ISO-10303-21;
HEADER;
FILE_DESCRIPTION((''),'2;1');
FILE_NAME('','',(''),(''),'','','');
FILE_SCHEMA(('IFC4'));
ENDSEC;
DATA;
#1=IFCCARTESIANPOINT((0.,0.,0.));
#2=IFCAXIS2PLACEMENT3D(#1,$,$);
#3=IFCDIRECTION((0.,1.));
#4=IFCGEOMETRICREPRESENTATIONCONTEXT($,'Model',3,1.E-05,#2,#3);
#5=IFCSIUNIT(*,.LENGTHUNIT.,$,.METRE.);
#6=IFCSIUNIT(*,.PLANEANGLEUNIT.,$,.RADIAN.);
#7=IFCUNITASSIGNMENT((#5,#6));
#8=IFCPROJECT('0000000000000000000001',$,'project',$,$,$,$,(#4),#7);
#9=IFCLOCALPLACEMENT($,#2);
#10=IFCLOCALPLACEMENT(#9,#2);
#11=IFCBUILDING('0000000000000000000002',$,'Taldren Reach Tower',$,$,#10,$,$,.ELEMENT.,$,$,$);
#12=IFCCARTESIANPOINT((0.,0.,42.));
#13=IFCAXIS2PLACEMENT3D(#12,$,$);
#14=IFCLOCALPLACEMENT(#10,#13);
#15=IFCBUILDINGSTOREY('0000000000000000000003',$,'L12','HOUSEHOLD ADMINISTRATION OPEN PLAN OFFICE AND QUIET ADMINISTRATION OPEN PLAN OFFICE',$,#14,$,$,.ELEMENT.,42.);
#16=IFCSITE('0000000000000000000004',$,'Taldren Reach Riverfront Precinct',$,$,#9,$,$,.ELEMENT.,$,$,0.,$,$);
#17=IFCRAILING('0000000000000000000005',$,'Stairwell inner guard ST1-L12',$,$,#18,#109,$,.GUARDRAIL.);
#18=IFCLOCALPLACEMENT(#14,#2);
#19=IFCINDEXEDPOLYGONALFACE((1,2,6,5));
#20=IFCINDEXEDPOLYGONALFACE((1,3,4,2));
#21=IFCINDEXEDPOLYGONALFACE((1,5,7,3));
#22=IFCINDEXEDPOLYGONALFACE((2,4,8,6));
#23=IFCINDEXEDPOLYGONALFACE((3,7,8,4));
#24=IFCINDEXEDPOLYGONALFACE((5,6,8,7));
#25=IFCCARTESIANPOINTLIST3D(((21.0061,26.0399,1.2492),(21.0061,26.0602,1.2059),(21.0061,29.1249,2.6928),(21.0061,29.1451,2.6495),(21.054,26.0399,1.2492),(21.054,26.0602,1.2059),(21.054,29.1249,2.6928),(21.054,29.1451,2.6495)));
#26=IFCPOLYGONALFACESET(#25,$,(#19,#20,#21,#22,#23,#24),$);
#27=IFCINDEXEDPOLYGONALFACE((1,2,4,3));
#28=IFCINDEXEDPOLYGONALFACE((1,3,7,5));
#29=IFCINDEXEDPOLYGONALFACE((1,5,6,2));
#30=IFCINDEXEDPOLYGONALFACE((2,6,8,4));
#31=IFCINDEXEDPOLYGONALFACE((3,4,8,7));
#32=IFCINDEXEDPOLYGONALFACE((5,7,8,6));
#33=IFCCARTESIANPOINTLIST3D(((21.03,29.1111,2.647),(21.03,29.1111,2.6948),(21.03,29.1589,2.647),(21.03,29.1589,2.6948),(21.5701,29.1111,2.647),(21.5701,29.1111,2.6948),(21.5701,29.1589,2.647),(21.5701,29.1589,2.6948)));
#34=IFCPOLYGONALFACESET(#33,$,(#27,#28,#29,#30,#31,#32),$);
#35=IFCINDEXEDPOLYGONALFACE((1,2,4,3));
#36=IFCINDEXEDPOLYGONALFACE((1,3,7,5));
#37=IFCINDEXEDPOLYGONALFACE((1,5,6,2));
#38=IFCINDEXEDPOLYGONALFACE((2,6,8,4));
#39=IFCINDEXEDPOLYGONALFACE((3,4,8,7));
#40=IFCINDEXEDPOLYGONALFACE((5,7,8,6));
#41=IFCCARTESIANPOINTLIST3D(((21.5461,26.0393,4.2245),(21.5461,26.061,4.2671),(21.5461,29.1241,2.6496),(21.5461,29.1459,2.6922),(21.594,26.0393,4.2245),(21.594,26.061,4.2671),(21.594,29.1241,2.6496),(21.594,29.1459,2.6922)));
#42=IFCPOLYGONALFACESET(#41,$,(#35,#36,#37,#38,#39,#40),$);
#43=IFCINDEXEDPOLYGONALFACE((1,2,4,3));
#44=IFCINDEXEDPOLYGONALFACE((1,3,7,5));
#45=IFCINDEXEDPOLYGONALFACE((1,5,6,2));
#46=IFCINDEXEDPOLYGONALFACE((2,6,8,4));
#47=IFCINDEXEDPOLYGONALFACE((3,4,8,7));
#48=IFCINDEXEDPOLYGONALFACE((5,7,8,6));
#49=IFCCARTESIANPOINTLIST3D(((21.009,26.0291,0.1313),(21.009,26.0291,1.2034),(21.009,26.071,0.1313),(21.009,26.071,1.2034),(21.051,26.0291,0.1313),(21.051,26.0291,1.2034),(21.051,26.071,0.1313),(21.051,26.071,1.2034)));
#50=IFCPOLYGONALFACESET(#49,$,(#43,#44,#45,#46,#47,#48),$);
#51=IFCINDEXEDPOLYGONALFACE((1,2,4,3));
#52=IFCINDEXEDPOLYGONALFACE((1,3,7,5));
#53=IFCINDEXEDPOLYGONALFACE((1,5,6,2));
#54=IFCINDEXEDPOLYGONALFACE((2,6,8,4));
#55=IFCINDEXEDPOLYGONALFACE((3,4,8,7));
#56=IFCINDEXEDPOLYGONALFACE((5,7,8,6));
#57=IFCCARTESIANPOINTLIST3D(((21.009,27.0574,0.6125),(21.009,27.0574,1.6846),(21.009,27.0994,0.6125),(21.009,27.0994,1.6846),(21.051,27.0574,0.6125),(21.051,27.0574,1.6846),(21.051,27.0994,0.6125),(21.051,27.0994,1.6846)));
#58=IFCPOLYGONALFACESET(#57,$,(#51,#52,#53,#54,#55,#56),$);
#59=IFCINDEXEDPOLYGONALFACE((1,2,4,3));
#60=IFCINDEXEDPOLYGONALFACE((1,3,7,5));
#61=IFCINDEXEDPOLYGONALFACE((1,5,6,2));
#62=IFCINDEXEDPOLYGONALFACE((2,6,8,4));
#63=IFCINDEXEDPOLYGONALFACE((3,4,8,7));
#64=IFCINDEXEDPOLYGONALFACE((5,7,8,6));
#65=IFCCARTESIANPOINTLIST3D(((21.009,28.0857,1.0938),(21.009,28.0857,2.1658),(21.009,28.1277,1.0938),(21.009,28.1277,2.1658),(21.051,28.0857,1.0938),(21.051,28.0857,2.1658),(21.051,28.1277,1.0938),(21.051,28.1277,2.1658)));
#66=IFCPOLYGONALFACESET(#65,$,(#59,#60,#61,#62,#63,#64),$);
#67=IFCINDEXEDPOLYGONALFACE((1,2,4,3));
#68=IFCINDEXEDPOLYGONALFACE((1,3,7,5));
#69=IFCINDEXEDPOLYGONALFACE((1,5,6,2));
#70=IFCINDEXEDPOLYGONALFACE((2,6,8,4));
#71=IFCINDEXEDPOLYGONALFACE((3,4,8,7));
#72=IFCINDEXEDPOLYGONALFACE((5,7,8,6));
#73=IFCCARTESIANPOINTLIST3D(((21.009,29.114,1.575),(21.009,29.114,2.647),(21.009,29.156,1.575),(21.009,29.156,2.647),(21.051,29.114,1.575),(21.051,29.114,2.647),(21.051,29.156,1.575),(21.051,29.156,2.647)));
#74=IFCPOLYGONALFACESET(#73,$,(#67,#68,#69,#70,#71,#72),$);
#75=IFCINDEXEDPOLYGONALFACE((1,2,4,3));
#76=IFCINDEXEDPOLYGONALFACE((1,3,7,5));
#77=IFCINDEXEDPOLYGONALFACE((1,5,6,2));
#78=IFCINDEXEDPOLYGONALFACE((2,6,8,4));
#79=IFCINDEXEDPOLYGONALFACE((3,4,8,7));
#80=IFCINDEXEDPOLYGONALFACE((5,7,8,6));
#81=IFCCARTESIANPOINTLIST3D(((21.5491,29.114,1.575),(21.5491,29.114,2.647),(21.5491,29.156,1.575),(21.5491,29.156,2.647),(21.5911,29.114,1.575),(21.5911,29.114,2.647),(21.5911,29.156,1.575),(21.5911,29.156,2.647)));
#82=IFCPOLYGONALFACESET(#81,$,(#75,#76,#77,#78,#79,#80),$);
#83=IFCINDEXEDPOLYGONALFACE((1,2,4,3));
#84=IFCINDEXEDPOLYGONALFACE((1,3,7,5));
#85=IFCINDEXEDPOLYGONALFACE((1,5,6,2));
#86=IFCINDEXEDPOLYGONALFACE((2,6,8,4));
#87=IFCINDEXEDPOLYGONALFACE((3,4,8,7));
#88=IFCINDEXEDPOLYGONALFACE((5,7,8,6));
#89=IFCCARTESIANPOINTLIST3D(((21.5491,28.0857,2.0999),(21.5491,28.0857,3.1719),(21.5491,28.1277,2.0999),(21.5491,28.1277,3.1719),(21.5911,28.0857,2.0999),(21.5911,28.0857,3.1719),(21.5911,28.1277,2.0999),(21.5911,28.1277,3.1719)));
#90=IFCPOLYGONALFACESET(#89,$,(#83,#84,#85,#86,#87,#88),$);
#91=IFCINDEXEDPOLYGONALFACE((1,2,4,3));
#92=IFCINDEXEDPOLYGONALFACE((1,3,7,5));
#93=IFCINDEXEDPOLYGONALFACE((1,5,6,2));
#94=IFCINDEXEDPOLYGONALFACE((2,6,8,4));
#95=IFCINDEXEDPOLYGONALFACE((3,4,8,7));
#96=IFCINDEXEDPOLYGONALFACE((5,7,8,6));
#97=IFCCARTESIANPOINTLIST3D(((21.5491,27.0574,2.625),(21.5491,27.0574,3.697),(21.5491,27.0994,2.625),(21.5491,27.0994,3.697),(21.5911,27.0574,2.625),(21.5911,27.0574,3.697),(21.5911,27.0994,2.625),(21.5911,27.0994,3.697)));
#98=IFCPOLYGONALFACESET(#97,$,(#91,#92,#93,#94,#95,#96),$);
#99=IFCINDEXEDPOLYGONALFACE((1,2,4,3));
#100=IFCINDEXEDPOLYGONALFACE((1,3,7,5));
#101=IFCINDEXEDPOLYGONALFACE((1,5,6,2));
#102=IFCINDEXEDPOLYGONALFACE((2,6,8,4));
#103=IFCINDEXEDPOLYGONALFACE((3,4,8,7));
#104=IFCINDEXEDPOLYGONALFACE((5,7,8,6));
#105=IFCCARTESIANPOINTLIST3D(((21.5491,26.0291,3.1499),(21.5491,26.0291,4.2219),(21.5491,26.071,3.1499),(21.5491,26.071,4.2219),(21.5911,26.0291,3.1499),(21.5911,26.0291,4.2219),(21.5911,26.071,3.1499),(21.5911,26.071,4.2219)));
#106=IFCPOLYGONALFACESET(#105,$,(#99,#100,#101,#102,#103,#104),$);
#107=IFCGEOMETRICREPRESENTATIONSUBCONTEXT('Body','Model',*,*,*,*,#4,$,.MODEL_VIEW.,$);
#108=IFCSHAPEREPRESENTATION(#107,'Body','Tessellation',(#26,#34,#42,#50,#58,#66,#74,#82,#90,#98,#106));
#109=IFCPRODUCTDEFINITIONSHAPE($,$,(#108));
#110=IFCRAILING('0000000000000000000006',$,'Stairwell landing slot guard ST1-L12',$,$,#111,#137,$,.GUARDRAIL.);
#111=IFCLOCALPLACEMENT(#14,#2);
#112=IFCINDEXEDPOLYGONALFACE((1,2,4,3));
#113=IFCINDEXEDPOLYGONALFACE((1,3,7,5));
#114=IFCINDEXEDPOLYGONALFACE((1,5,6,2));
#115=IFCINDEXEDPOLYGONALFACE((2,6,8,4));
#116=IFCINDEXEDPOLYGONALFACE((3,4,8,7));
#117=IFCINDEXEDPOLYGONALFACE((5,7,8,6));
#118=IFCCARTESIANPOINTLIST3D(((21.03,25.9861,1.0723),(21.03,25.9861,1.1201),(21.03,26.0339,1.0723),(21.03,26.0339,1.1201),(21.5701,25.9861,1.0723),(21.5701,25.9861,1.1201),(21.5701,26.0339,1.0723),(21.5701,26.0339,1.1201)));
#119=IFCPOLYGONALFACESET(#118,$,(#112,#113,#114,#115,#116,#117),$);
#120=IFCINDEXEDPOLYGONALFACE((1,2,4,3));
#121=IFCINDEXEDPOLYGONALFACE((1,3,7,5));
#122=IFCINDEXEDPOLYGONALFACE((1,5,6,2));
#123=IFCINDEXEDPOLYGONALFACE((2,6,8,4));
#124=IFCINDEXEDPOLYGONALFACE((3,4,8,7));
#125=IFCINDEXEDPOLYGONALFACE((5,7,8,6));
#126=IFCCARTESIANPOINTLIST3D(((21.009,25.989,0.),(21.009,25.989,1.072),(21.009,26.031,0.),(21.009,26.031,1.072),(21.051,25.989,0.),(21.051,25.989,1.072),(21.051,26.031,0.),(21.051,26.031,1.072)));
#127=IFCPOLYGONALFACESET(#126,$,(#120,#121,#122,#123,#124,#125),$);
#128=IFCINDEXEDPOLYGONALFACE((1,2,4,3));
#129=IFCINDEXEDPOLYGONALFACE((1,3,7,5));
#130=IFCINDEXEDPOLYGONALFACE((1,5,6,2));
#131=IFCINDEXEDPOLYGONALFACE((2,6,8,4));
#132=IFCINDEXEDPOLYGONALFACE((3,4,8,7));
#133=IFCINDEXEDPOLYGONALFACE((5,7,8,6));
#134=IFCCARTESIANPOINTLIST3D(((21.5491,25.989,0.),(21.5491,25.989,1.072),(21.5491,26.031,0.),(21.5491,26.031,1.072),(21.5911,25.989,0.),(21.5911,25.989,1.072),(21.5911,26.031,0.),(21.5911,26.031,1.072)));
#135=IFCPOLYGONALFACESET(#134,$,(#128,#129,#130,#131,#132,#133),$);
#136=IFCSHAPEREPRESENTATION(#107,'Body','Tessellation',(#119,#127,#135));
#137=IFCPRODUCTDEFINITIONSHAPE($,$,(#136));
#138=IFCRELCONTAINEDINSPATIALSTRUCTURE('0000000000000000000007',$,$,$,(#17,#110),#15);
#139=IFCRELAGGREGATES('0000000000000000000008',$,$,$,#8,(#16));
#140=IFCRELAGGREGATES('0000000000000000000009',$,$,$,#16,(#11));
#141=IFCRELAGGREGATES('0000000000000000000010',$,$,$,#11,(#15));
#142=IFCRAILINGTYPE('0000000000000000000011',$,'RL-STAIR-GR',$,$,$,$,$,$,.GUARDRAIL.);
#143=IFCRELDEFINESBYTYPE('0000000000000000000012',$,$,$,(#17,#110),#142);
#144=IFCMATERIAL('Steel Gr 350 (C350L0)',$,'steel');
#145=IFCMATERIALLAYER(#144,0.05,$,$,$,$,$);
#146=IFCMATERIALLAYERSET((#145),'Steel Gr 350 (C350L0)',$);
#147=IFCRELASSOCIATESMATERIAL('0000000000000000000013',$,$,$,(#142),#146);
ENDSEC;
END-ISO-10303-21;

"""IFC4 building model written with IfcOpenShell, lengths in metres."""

from ifc_helpers import new_model, si_unit, direction, frame, origin, origin_2d, place, context, subcontext, project, spatial, rectangle, extrude, material, layer, layer_set, type_object, element, save


model = new_model("IFC4")

# Units and contexts
model_context = context("Model", 3, precision=1e-05, world=origin(), true_north=direction((0.0, 1.0)))
body_context = subcontext(model_context, "Body", "Model", "MODEL_VIEW")
ifc_project = project(units=[si_unit("LENGTHUNIT", "METRE"), si_unit("PLANEANGLEUNIT", "RADIAN")], contexts=[model_context])

# Site, building, storey
site_placement = place(None, origin())
site = spatial("IfcSite", under=ifc_project, at=site_placement, Name="Taldren Reach Riverfront Precinct", CompositionType="ELEMENT", RefElevation=0.0)
building_placement = place(site_placement, origin())
building = spatial("IfcBuilding", under=site, at=building_placement, Name="Taldren Reach Tower", CompositionType="ELEMENT")
storey_placement = place(building_placement, frame((0.0, 0.0, 42.0)))
storey = spatial("IfcBuildingStorey", under=building, at=storey_placement, Name="L12", Description="HOUSEHOLD ADMINISTRATION OPEN PLAN OFFICE AND QUIET ADMINISTRATION OPEN PLAN OFFICE", CompositionType="ELEMENT", Elevation=42.0)

# Shared definitions
ifc_material_1 = material(Name="Steel Gr 350 (C350L0)", Category="steel")

# Railings
ifc_layer_1 = layer(ifc_material_1, 0.05)
ifc_layer_set_1 = layer_set([ifc_layer_1], Name="Steel Gr 350 (C350L0)")
railing_type_1 = type_object("IfcRailingType", Name="RL-STAIR-GR", PredefinedType="GUARDRAIL", material=ifc_layer_set_1)
railing_1_placement = place(storey_placement, frame((21.03, 26.05, 0.1313)))
element("IfcRailing", 1, at=railing_1_placement, inside=storey, type_object=railing_type_1, Name="Stairwell inner guard ST1-L12", PredefinedType="GUARDRAIL", context=body_context, shape_type="SweptSolid", body=[
    extrude(rectangle(XDim=0.0479, YDim=0.0479, at=origin_2d()), frame((0.0, 0.0, 1.0962), z_axis=(0.0, 0.905738, 0.423839), x_axis=(-1.0, 0.0, 0.0)), (0.0, 0.0, 1.0), 3.406),
    extrude(rectangle(XDim=0.0479, YDim=0.0479, at=origin_2d()), frame((0.0, 3.085, 2.5396), z_axis=(1.0, 0.0, 0.0), x_axis=(0.0, 1.0, 0.0)), (0.0, 0.0, 1.0), 0.54),
    extrude(rectangle(XDim=0.0479, YDim=0.0479, at=origin_2d()), frame((0.54, 3.085, 2.5396), z_axis=(0.0, -0.890646, 0.454697), x_axis=(1.0, 0.0, 0.0)), (0.0, 0.0, 1.0), 3.4636),
    extrude(rectangle(XDim=0.042, YDim=0.042, at=origin_2d()), origin(), (0.0, 0.0, 1.0), 1.072),
    extrude(rectangle(XDim=0.042, YDim=0.042, at=origin_2d()), frame((0.0, 1.0283, 0.4812)), (0.0, 0.0, 1.0), 1.072),
    extrude(rectangle(XDim=0.042, YDim=0.042, at=origin_2d()), frame((0.0, 2.0566, 0.9624)), (0.0, 0.0, 1.0), 1.072),
    extrude(rectangle(XDim=0.042, YDim=0.042, at=origin_2d()), frame((0.0, 3.085, 1.4436)), (0.0, 0.0, 1.0), 1.072),
    extrude(rectangle(XDim=0.042, YDim=0.042, at=origin_2d()), frame((0.54, 3.085, 1.4436)), (0.0, 0.0, 1.0), 1.072),
    extrude(rectangle(XDim=0.042, YDim=0.042, at=origin_2d()), frame((0.54, 2.0566, 1.9685)), (0.0, 0.0, 1.0), 1.072),
    extrude(rectangle(XDim=0.042, YDim=0.042, at=origin_2d()), frame((0.54, 1.0283, 2.4937)), (0.0, 0.0, 1.0), 1.072),
    extrude(rectangle(XDim=0.042, YDim=0.042, at=origin_2d()), frame((0.54, 0.0, 3.0186)), (0.0, 0.0, 1.0), 1.072),
])
railing_2_placement = place(storey_placement, frame((21.03, 26.01, 0.0)))
element("IfcRailing", 2, at=railing_2_placement, inside=storey, type_object=railing_type_1, Name="Stairwell landing slot guard ST1-L12", PredefinedType="GUARDRAIL", context=body_context, shape_type="SweptSolid", body=[
    extrude(rectangle(XDim=0.0479, YDim=0.0479, at=origin_2d()), frame((0.0, 0.0, 1.0962), z_axis=(1.0, 0.0, 0.0), x_axis=(0.0, 1.0, 0.0)), (0.0, 0.0, 1.0), 0.54),
    extrude(rectangle(XDim=0.042, YDim=0.042, at=origin_2d()), origin(), (0.0, 0.0, 1.0), 1.072),
    extrude(rectangle(XDim=0.042, YDim=0.042, at=origin_2d()), frame((0.54, 0.0, 0.0)), (0.0, 0.0, 1.0), 1.072),
])

save(model, "model.ifc")
